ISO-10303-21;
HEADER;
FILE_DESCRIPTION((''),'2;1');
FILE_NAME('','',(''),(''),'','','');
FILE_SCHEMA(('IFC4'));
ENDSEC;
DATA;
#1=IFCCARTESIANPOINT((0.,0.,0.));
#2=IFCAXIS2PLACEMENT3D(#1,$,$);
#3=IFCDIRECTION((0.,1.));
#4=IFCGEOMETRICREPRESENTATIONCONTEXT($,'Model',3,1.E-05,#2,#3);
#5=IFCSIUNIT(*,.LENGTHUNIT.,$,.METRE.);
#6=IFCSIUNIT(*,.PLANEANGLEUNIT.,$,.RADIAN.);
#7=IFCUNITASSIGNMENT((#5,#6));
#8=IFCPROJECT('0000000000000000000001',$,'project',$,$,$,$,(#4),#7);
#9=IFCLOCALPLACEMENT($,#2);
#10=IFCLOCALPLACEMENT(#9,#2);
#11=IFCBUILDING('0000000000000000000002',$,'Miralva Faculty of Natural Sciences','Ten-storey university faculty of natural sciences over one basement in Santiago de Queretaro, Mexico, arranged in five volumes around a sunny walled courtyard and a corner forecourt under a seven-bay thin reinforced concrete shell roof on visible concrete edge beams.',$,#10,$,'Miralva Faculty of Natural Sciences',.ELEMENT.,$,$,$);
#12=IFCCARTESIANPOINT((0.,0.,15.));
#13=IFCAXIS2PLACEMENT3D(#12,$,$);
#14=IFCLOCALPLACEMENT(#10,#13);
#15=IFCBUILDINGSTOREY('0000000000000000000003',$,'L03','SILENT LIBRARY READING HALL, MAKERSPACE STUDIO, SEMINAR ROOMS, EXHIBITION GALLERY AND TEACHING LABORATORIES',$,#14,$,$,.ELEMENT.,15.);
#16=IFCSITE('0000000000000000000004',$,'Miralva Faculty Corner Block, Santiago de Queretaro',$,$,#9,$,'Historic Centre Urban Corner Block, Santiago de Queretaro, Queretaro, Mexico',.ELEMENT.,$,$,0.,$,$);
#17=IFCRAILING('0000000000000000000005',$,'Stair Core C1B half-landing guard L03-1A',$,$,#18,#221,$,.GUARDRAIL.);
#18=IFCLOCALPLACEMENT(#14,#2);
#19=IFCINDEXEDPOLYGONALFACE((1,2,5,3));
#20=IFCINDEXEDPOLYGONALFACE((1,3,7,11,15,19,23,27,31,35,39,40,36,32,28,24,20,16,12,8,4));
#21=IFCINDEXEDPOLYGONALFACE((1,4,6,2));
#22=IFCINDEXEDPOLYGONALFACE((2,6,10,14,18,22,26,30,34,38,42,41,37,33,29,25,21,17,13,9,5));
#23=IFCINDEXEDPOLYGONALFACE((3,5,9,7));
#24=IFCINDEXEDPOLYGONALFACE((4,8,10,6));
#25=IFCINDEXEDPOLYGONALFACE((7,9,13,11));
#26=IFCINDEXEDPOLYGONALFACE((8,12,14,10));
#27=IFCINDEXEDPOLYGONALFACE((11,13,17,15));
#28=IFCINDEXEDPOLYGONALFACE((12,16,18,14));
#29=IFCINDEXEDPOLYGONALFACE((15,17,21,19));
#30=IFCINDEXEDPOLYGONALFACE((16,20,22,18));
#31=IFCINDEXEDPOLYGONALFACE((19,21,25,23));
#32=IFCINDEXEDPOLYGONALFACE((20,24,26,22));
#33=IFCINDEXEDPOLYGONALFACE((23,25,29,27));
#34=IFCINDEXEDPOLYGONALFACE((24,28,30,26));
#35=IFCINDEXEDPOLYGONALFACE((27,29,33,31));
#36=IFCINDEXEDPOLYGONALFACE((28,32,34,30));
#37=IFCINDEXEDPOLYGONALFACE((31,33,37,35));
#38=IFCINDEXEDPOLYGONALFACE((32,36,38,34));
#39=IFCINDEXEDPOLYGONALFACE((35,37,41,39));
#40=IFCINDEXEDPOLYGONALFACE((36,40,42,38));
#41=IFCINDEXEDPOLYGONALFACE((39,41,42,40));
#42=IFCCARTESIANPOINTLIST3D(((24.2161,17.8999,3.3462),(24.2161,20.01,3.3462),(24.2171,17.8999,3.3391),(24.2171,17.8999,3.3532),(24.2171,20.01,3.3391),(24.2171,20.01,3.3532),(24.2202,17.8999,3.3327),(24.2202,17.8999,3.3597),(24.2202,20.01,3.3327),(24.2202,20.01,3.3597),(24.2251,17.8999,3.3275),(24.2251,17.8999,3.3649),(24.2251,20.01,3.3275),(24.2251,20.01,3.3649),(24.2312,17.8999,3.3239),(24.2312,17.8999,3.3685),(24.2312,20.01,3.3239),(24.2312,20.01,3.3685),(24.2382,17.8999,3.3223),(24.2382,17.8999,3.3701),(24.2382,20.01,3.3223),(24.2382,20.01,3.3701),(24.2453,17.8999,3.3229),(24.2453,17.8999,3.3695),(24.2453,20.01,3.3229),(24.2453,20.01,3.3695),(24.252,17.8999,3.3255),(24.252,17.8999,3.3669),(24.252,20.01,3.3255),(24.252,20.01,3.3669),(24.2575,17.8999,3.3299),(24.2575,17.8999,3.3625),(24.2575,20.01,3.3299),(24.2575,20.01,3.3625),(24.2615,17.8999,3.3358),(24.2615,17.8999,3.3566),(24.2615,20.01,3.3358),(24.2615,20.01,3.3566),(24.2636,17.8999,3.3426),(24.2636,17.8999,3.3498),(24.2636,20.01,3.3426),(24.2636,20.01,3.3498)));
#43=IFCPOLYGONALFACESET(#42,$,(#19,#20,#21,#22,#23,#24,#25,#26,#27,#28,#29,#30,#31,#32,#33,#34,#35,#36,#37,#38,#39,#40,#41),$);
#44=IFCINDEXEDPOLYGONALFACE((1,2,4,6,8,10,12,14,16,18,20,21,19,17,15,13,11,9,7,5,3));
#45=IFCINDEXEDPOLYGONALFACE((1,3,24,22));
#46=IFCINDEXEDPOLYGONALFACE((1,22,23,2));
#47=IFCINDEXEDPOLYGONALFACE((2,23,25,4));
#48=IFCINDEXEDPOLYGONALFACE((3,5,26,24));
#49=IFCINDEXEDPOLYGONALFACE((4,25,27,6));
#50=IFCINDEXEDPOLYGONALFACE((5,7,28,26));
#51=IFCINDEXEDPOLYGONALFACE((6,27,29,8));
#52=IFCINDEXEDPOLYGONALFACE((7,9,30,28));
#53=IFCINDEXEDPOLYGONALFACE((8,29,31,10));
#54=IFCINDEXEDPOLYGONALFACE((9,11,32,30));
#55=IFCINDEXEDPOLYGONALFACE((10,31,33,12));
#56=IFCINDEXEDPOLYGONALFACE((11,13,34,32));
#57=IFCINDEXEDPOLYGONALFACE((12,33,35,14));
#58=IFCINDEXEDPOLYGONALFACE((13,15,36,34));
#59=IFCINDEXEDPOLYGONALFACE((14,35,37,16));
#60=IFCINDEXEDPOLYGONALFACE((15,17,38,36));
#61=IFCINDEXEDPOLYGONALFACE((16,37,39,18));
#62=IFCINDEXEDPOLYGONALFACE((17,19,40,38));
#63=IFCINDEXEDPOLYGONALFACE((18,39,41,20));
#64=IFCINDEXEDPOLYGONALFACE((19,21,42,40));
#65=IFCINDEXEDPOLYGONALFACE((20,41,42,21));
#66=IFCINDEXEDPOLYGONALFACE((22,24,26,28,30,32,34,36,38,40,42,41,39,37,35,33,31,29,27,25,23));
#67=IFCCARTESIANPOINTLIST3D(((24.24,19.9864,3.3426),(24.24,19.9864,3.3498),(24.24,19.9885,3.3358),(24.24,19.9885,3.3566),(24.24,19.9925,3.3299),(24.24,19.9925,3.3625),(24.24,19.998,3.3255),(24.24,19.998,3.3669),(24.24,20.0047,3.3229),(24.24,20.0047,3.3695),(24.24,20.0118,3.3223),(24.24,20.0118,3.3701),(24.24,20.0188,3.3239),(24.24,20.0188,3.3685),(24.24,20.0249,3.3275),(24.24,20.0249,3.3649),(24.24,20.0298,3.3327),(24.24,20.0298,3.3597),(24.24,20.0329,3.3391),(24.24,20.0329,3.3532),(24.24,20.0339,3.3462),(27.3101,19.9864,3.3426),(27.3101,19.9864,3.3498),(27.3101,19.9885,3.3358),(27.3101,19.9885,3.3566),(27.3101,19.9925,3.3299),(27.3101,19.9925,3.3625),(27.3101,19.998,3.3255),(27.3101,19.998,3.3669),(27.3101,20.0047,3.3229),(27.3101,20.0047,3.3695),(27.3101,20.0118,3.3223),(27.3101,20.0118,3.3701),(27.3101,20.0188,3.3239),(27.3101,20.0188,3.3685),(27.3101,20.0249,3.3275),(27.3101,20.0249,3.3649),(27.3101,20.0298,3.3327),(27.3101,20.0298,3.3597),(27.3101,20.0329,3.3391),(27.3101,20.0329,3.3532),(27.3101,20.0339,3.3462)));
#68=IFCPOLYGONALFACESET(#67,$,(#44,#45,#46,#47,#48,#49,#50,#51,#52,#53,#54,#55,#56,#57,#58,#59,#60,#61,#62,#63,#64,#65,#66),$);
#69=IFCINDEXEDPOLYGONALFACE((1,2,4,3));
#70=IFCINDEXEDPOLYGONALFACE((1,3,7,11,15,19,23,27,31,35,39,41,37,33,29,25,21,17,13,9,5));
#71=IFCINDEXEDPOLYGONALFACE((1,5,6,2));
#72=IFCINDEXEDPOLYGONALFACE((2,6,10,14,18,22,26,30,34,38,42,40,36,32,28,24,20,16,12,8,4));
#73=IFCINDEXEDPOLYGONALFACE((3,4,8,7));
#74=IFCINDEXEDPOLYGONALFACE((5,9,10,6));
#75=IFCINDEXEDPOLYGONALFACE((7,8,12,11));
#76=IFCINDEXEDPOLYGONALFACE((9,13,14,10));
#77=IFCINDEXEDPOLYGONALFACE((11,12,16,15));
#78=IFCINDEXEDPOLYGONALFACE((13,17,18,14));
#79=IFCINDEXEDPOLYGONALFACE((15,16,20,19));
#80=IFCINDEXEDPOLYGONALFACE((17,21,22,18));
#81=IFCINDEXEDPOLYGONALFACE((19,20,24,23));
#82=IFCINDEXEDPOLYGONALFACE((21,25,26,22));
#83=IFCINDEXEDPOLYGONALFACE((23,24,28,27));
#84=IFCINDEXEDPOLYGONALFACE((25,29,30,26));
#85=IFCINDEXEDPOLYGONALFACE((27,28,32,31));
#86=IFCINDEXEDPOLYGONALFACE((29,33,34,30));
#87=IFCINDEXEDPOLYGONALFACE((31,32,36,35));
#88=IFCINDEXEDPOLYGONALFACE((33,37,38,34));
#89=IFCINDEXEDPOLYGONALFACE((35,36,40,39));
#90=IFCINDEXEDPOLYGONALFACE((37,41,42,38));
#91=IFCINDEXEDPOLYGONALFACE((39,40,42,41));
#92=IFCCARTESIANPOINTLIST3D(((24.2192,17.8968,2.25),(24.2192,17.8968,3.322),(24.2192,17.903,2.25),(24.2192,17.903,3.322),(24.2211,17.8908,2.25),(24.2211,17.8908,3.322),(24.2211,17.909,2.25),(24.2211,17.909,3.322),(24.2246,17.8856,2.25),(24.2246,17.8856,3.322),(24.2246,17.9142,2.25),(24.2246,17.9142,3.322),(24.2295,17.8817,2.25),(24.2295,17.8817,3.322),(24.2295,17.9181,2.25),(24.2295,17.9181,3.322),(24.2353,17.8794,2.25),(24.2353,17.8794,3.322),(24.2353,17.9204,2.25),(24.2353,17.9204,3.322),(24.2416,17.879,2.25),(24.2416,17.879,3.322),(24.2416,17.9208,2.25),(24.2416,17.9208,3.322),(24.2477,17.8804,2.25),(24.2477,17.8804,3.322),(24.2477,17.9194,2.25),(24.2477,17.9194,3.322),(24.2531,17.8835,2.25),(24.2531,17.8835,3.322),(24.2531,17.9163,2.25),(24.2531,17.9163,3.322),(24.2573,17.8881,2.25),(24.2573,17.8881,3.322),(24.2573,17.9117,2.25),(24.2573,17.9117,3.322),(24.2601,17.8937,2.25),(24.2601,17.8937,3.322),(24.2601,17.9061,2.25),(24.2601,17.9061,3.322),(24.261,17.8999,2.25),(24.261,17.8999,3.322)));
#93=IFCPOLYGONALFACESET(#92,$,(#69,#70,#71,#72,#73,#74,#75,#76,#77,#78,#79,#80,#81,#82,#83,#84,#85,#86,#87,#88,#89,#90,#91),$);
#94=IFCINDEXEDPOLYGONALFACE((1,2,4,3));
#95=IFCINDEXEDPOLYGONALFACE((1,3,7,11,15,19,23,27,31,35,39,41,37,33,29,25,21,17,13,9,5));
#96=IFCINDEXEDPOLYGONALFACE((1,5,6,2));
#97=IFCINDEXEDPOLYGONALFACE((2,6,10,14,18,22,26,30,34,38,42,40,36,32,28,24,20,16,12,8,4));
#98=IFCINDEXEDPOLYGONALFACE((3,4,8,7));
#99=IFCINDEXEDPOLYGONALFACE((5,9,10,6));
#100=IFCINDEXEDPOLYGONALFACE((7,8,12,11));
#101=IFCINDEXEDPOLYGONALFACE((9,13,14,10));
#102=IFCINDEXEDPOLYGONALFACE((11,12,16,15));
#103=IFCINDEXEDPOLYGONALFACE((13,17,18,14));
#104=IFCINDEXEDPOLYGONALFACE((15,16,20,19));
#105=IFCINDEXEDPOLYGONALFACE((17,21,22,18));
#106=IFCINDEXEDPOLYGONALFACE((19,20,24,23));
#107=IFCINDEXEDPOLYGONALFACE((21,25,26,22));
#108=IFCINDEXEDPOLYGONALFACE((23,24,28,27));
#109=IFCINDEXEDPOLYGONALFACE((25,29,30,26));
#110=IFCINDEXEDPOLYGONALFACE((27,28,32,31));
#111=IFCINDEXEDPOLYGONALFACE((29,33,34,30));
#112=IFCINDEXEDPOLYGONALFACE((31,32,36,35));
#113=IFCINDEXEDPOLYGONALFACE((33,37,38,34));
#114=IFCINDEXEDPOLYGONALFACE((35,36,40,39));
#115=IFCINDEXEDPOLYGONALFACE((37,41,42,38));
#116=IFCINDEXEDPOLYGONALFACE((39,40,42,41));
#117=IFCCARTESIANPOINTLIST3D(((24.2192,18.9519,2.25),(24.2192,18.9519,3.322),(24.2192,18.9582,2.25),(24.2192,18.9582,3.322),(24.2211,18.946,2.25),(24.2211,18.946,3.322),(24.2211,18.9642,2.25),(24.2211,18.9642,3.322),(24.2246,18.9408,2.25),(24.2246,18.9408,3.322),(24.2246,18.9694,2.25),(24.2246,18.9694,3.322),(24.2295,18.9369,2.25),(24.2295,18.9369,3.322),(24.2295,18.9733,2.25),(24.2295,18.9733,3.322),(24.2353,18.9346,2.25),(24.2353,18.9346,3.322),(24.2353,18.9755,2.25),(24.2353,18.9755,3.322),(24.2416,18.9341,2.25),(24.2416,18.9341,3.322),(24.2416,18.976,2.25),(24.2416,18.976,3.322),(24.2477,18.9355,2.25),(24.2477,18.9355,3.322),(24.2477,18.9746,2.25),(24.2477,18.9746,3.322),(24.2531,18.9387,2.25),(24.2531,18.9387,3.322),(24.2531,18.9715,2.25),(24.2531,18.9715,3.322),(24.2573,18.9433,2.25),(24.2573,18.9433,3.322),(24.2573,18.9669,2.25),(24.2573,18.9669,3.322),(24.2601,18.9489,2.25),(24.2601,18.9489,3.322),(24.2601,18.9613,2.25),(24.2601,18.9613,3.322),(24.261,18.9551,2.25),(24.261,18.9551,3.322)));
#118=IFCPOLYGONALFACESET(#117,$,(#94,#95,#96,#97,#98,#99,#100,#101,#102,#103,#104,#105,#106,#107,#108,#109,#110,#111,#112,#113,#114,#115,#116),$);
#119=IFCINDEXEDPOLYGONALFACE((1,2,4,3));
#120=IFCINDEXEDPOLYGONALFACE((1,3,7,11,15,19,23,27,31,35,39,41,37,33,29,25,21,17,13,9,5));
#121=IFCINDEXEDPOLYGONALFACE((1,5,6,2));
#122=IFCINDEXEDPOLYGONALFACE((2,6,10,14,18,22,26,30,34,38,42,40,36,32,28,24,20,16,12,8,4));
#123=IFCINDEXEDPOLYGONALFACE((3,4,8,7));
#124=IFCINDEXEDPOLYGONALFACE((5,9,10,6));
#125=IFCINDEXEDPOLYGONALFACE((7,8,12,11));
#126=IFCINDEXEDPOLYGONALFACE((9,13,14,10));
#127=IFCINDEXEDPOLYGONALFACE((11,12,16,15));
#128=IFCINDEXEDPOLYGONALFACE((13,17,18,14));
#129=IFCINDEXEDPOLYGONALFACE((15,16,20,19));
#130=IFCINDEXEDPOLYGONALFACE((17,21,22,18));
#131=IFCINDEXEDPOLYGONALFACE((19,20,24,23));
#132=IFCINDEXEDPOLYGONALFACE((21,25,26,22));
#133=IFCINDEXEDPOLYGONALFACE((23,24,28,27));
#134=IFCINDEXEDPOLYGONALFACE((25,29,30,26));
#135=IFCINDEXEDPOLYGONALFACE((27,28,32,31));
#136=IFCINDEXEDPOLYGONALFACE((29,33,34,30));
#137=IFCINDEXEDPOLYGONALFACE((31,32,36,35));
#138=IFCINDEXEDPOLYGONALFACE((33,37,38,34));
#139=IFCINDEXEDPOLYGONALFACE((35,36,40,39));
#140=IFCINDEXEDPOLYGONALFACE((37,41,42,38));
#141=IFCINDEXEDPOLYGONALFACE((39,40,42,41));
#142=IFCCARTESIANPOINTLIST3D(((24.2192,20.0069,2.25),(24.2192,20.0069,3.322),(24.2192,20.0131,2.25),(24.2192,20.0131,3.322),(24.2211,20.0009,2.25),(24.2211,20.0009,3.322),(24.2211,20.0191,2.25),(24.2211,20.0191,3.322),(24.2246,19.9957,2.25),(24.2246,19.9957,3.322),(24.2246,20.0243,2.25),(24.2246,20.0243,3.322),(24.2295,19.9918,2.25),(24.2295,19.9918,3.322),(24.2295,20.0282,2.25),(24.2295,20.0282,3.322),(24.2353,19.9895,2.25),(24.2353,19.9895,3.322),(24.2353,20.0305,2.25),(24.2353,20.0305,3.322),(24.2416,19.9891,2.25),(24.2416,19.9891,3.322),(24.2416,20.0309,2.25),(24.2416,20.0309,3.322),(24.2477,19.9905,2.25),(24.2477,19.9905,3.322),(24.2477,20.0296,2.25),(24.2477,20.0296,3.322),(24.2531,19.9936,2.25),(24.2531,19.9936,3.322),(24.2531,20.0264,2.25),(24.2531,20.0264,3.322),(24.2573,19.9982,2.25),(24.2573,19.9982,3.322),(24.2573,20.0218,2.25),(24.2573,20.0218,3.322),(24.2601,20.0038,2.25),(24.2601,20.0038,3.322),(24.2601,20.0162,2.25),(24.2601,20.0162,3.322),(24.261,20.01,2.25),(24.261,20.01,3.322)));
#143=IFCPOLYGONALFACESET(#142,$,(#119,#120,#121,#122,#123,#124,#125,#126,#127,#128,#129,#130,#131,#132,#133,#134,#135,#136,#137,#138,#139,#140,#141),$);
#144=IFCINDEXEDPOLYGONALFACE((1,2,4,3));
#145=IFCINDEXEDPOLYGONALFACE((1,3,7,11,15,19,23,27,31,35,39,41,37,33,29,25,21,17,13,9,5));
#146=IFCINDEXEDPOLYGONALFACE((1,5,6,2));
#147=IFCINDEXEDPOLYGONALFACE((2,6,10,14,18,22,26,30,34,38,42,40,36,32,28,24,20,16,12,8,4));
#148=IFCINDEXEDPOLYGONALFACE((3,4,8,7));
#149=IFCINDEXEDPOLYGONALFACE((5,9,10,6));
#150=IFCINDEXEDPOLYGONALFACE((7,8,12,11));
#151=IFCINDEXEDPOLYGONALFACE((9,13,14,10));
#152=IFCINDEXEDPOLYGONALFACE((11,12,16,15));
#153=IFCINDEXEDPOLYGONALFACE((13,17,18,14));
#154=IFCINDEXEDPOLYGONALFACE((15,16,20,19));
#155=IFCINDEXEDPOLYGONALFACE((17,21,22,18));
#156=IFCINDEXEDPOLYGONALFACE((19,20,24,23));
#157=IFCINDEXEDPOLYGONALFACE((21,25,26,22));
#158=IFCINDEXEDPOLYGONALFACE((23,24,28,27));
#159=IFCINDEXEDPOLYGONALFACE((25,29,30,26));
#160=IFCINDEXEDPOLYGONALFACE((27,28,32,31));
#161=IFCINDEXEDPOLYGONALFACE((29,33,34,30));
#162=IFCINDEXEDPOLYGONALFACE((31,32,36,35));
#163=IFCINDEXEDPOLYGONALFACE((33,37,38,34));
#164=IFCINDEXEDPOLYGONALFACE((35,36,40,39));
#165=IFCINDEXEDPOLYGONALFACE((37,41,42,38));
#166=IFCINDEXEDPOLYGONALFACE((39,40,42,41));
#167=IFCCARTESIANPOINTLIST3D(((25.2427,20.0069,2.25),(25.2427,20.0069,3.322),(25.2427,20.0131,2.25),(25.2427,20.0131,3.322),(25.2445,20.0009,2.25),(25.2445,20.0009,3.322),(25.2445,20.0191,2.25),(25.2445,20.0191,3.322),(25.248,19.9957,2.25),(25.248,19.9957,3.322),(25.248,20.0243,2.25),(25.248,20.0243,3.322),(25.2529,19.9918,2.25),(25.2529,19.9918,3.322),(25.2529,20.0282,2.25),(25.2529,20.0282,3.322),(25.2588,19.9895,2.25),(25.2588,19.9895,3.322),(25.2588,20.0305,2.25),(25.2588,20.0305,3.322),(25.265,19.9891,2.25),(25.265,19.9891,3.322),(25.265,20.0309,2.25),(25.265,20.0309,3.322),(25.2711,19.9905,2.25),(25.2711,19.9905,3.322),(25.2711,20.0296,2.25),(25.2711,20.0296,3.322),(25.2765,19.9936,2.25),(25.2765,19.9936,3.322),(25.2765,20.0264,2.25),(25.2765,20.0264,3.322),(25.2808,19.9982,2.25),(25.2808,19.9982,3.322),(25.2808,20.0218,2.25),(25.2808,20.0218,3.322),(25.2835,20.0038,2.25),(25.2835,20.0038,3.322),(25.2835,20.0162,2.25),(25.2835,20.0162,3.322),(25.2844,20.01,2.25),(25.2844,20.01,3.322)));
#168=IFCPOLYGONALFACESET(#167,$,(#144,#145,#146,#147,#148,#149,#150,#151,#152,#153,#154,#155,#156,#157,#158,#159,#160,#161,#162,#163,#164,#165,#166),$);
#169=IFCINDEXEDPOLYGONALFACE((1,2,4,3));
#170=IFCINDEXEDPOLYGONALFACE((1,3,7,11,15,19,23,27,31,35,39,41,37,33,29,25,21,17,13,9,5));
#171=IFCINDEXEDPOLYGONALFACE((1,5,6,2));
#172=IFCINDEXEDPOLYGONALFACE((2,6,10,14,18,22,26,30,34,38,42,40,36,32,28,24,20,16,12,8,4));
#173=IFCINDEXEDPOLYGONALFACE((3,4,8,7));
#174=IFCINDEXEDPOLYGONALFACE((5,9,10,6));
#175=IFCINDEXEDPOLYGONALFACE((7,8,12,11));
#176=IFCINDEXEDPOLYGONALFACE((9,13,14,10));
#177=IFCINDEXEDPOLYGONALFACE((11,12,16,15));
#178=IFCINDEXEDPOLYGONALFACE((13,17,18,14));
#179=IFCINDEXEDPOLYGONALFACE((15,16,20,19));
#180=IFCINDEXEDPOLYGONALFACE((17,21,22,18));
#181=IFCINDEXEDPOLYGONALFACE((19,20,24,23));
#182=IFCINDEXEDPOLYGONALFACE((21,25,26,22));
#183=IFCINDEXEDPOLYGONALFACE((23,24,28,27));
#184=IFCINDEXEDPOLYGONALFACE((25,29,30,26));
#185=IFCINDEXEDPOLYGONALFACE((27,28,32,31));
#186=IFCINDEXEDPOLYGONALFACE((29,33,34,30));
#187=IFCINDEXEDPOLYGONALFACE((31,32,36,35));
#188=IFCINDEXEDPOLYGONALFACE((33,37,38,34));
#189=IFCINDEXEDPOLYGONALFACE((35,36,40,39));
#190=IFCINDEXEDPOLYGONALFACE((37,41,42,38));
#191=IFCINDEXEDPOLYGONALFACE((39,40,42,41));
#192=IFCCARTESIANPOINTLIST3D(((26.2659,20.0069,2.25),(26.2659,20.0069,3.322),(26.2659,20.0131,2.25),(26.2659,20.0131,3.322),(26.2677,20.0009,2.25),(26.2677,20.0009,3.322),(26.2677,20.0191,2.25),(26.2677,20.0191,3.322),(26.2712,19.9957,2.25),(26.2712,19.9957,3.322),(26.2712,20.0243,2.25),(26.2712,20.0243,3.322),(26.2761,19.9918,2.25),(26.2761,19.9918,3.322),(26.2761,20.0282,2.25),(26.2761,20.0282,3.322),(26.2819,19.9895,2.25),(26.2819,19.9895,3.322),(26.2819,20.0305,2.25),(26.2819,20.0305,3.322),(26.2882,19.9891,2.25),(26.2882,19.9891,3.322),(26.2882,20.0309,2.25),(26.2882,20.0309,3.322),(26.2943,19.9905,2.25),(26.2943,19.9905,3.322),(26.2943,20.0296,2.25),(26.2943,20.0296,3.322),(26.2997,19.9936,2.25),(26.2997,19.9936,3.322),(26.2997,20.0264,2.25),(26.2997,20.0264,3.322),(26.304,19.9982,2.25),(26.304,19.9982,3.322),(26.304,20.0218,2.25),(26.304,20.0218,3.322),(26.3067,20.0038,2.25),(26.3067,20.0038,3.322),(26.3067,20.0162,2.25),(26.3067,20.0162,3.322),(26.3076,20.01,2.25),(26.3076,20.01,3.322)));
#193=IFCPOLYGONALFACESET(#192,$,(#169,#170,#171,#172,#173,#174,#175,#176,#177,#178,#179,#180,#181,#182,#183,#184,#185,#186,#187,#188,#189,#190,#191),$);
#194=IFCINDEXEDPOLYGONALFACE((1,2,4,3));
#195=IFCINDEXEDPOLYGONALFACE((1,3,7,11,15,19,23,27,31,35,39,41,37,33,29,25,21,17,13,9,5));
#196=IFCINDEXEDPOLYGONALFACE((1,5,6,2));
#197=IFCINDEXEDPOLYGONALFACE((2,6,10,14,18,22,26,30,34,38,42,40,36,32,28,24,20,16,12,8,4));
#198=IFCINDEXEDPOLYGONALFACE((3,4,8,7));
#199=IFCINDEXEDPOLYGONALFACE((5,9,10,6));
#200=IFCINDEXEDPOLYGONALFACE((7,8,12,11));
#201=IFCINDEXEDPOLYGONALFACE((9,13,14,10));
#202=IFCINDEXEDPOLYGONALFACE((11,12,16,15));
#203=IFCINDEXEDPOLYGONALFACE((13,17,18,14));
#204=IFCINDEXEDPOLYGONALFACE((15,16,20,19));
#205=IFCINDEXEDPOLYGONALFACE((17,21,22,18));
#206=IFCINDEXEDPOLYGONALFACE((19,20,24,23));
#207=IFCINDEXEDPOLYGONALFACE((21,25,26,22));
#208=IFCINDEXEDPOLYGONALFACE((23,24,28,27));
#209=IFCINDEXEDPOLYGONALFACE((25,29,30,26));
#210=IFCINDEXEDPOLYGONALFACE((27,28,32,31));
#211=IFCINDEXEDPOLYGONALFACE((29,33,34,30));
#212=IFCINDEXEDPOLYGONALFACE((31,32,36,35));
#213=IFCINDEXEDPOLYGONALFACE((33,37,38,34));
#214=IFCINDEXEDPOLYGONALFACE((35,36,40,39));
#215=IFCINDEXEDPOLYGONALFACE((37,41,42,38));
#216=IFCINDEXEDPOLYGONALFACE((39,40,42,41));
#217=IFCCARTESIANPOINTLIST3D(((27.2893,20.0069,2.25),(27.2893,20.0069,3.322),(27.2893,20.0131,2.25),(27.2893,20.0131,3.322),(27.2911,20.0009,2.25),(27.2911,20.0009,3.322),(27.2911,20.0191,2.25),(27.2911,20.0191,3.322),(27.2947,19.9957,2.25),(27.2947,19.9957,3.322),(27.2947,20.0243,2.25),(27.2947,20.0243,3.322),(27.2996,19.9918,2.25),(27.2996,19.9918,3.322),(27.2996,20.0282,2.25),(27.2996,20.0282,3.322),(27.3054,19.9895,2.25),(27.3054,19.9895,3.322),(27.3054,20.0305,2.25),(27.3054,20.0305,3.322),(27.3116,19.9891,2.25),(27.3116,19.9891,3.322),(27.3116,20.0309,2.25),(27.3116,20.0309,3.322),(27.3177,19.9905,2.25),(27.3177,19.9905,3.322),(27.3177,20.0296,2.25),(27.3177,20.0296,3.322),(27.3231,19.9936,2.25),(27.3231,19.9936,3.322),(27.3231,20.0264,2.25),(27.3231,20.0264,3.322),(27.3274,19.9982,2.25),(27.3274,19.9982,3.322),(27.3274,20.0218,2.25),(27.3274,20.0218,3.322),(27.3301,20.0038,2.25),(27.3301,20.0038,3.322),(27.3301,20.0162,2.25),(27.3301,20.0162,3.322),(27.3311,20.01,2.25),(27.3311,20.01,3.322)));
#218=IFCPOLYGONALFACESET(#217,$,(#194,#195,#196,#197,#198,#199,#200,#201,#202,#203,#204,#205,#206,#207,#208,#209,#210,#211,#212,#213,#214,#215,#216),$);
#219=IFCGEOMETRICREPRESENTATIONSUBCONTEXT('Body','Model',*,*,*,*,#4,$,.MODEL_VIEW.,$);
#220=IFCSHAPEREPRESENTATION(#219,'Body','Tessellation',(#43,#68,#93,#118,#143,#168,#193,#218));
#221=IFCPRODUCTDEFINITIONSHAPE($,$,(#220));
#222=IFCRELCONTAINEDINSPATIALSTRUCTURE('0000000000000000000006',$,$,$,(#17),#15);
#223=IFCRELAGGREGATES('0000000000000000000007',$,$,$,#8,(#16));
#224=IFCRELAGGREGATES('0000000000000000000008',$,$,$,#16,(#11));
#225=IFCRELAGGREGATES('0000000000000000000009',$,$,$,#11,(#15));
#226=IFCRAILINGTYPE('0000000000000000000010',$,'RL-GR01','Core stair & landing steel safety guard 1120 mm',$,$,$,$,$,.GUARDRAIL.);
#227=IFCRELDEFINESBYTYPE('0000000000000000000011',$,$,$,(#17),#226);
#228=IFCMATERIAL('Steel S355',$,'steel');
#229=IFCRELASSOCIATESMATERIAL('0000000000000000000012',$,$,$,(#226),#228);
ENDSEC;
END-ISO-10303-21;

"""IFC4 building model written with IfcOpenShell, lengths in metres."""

from ifc_helpers import new_model, si_unit, direction, frame, origin, origin_2d, place, context, subcontext, project, spatial, circle, extrude, material, type_object, element, save


model = new_model("IFC4")

# Units and contexts
model_context = context("Model", 3, precision=1e-05, world=origin(), true_north=direction((0.0, 1.0)))
body_context = subcontext(model_context, "Body", "Model", "MODEL_VIEW")
ifc_project = project(units=[si_unit("LENGTHUNIT", "METRE"), si_unit("PLANEANGLEUNIT", "RADIAN")], contexts=[model_context])

# Site, building, storey
site_placement = place(None, origin())
site = spatial("IfcSite", under=ifc_project, at=site_placement, Name="Miralva Faculty Corner Block, Santiago de Queretaro", LongName="Historic Centre Urban Corner Block, Santiago de Queretaro, Queretaro, Mexico", CompositionType="ELEMENT", RefElevation=0.0)
building_placement = place(site_placement, origin())
building = spatial("IfcBuilding", under=site, at=building_placement, Name="Miralva Faculty of Natural Sciences", Description="Ten-storey university faculty of natural sciences over one basement in Santiago de Queretaro, Mexico, arranged in five volumes around a sunny walled courtyard and a corner forecourt under a seven-bay thin reinforced concrete shell roof on visible concrete edge beams.", LongName="Miralva Faculty of Natural Sciences", CompositionType="ELEMENT")
storey_placement = place(building_placement, frame((0.0, 0.0, 15.0)))
storey = spatial("IfcBuildingStorey", under=building, at=storey_placement, Name="L03", Description="SILENT LIBRARY READING HALL, MAKERSPACE STUDIO, SEMINAR ROOMS, EXHIBITION GALLERY AND TEACHING LABORATORIES", CompositionType="ELEMENT", Elevation=15.0)

# Railing
ifc_material_1 = material(Name="Steel S355", Category="steel")
railing_type_1 = type_object("IfcRailingType", Name="RL-GR01", Description="Core stair & landing steel safety guard 1120 mm", PredefinedType="GUARDRAIL", material=ifc_material_1)
railing_1_placement = place(storey_placement, frame((24.24, 17.8999, 2.25)))
element("IfcRailing", 1, at=railing_1_placement, inside=storey, type_object=railing_type_1, Name="Stair Core C1B half-landing guard L03-1A", PredefinedType="GUARDRAIL", context=body_context, shape_type="SweptSolid", body=[
    extrude(circle(Radius=0.0239, at=origin_2d()), frame((0.0, 0.0, 1.0962), z_axis=(0.0, 1.0, 0.0), x_axis=(-1.0, 0.0, 0.0)), (0.0, 0.0, 1.0), 2.1101),
    extrude(circle(Radius=0.0239, at=origin_2d()), frame((0.0, 2.1101, 1.0962), z_axis=(1.0, 0.0, 0.0), x_axis=(0.0, 1.0, 0.0)), (0.0, 0.0, 1.0), 3.0701),
    extrude(circle(Radius=0.021, at=origin_2d()), origin(), (0.0, 0.0, 1.0), 1.072),
    extrude(circle(Radius=0.021, at=origin_2d()), frame((0.0, 1.0552, 0.0)), (0.0, 0.0, 1.0), 1.072),
    extrude(circle(Radius=0.021, at=origin_2d()), frame((0.0, 2.1101, 0.0)), (0.0, 0.0, 1.0), 1.072),
    extrude(circle(Radius=0.021, at=origin_2d()), frame((1.0234, 2.1101, 0.0)), (0.0, 0.0, 1.0), 1.072),
    extrude(circle(Radius=0.021, at=origin_2d()), frame((2.0466, 2.1101, 0.0)), (0.0, 0.0, 1.0), 1.072),
    extrude(circle(Radius=0.021, at=origin_2d()), frame((3.0701, 2.1101, 0.0)), (0.0, 0.0, 1.0), 1.072),
])

save(model, "model.ifc")
